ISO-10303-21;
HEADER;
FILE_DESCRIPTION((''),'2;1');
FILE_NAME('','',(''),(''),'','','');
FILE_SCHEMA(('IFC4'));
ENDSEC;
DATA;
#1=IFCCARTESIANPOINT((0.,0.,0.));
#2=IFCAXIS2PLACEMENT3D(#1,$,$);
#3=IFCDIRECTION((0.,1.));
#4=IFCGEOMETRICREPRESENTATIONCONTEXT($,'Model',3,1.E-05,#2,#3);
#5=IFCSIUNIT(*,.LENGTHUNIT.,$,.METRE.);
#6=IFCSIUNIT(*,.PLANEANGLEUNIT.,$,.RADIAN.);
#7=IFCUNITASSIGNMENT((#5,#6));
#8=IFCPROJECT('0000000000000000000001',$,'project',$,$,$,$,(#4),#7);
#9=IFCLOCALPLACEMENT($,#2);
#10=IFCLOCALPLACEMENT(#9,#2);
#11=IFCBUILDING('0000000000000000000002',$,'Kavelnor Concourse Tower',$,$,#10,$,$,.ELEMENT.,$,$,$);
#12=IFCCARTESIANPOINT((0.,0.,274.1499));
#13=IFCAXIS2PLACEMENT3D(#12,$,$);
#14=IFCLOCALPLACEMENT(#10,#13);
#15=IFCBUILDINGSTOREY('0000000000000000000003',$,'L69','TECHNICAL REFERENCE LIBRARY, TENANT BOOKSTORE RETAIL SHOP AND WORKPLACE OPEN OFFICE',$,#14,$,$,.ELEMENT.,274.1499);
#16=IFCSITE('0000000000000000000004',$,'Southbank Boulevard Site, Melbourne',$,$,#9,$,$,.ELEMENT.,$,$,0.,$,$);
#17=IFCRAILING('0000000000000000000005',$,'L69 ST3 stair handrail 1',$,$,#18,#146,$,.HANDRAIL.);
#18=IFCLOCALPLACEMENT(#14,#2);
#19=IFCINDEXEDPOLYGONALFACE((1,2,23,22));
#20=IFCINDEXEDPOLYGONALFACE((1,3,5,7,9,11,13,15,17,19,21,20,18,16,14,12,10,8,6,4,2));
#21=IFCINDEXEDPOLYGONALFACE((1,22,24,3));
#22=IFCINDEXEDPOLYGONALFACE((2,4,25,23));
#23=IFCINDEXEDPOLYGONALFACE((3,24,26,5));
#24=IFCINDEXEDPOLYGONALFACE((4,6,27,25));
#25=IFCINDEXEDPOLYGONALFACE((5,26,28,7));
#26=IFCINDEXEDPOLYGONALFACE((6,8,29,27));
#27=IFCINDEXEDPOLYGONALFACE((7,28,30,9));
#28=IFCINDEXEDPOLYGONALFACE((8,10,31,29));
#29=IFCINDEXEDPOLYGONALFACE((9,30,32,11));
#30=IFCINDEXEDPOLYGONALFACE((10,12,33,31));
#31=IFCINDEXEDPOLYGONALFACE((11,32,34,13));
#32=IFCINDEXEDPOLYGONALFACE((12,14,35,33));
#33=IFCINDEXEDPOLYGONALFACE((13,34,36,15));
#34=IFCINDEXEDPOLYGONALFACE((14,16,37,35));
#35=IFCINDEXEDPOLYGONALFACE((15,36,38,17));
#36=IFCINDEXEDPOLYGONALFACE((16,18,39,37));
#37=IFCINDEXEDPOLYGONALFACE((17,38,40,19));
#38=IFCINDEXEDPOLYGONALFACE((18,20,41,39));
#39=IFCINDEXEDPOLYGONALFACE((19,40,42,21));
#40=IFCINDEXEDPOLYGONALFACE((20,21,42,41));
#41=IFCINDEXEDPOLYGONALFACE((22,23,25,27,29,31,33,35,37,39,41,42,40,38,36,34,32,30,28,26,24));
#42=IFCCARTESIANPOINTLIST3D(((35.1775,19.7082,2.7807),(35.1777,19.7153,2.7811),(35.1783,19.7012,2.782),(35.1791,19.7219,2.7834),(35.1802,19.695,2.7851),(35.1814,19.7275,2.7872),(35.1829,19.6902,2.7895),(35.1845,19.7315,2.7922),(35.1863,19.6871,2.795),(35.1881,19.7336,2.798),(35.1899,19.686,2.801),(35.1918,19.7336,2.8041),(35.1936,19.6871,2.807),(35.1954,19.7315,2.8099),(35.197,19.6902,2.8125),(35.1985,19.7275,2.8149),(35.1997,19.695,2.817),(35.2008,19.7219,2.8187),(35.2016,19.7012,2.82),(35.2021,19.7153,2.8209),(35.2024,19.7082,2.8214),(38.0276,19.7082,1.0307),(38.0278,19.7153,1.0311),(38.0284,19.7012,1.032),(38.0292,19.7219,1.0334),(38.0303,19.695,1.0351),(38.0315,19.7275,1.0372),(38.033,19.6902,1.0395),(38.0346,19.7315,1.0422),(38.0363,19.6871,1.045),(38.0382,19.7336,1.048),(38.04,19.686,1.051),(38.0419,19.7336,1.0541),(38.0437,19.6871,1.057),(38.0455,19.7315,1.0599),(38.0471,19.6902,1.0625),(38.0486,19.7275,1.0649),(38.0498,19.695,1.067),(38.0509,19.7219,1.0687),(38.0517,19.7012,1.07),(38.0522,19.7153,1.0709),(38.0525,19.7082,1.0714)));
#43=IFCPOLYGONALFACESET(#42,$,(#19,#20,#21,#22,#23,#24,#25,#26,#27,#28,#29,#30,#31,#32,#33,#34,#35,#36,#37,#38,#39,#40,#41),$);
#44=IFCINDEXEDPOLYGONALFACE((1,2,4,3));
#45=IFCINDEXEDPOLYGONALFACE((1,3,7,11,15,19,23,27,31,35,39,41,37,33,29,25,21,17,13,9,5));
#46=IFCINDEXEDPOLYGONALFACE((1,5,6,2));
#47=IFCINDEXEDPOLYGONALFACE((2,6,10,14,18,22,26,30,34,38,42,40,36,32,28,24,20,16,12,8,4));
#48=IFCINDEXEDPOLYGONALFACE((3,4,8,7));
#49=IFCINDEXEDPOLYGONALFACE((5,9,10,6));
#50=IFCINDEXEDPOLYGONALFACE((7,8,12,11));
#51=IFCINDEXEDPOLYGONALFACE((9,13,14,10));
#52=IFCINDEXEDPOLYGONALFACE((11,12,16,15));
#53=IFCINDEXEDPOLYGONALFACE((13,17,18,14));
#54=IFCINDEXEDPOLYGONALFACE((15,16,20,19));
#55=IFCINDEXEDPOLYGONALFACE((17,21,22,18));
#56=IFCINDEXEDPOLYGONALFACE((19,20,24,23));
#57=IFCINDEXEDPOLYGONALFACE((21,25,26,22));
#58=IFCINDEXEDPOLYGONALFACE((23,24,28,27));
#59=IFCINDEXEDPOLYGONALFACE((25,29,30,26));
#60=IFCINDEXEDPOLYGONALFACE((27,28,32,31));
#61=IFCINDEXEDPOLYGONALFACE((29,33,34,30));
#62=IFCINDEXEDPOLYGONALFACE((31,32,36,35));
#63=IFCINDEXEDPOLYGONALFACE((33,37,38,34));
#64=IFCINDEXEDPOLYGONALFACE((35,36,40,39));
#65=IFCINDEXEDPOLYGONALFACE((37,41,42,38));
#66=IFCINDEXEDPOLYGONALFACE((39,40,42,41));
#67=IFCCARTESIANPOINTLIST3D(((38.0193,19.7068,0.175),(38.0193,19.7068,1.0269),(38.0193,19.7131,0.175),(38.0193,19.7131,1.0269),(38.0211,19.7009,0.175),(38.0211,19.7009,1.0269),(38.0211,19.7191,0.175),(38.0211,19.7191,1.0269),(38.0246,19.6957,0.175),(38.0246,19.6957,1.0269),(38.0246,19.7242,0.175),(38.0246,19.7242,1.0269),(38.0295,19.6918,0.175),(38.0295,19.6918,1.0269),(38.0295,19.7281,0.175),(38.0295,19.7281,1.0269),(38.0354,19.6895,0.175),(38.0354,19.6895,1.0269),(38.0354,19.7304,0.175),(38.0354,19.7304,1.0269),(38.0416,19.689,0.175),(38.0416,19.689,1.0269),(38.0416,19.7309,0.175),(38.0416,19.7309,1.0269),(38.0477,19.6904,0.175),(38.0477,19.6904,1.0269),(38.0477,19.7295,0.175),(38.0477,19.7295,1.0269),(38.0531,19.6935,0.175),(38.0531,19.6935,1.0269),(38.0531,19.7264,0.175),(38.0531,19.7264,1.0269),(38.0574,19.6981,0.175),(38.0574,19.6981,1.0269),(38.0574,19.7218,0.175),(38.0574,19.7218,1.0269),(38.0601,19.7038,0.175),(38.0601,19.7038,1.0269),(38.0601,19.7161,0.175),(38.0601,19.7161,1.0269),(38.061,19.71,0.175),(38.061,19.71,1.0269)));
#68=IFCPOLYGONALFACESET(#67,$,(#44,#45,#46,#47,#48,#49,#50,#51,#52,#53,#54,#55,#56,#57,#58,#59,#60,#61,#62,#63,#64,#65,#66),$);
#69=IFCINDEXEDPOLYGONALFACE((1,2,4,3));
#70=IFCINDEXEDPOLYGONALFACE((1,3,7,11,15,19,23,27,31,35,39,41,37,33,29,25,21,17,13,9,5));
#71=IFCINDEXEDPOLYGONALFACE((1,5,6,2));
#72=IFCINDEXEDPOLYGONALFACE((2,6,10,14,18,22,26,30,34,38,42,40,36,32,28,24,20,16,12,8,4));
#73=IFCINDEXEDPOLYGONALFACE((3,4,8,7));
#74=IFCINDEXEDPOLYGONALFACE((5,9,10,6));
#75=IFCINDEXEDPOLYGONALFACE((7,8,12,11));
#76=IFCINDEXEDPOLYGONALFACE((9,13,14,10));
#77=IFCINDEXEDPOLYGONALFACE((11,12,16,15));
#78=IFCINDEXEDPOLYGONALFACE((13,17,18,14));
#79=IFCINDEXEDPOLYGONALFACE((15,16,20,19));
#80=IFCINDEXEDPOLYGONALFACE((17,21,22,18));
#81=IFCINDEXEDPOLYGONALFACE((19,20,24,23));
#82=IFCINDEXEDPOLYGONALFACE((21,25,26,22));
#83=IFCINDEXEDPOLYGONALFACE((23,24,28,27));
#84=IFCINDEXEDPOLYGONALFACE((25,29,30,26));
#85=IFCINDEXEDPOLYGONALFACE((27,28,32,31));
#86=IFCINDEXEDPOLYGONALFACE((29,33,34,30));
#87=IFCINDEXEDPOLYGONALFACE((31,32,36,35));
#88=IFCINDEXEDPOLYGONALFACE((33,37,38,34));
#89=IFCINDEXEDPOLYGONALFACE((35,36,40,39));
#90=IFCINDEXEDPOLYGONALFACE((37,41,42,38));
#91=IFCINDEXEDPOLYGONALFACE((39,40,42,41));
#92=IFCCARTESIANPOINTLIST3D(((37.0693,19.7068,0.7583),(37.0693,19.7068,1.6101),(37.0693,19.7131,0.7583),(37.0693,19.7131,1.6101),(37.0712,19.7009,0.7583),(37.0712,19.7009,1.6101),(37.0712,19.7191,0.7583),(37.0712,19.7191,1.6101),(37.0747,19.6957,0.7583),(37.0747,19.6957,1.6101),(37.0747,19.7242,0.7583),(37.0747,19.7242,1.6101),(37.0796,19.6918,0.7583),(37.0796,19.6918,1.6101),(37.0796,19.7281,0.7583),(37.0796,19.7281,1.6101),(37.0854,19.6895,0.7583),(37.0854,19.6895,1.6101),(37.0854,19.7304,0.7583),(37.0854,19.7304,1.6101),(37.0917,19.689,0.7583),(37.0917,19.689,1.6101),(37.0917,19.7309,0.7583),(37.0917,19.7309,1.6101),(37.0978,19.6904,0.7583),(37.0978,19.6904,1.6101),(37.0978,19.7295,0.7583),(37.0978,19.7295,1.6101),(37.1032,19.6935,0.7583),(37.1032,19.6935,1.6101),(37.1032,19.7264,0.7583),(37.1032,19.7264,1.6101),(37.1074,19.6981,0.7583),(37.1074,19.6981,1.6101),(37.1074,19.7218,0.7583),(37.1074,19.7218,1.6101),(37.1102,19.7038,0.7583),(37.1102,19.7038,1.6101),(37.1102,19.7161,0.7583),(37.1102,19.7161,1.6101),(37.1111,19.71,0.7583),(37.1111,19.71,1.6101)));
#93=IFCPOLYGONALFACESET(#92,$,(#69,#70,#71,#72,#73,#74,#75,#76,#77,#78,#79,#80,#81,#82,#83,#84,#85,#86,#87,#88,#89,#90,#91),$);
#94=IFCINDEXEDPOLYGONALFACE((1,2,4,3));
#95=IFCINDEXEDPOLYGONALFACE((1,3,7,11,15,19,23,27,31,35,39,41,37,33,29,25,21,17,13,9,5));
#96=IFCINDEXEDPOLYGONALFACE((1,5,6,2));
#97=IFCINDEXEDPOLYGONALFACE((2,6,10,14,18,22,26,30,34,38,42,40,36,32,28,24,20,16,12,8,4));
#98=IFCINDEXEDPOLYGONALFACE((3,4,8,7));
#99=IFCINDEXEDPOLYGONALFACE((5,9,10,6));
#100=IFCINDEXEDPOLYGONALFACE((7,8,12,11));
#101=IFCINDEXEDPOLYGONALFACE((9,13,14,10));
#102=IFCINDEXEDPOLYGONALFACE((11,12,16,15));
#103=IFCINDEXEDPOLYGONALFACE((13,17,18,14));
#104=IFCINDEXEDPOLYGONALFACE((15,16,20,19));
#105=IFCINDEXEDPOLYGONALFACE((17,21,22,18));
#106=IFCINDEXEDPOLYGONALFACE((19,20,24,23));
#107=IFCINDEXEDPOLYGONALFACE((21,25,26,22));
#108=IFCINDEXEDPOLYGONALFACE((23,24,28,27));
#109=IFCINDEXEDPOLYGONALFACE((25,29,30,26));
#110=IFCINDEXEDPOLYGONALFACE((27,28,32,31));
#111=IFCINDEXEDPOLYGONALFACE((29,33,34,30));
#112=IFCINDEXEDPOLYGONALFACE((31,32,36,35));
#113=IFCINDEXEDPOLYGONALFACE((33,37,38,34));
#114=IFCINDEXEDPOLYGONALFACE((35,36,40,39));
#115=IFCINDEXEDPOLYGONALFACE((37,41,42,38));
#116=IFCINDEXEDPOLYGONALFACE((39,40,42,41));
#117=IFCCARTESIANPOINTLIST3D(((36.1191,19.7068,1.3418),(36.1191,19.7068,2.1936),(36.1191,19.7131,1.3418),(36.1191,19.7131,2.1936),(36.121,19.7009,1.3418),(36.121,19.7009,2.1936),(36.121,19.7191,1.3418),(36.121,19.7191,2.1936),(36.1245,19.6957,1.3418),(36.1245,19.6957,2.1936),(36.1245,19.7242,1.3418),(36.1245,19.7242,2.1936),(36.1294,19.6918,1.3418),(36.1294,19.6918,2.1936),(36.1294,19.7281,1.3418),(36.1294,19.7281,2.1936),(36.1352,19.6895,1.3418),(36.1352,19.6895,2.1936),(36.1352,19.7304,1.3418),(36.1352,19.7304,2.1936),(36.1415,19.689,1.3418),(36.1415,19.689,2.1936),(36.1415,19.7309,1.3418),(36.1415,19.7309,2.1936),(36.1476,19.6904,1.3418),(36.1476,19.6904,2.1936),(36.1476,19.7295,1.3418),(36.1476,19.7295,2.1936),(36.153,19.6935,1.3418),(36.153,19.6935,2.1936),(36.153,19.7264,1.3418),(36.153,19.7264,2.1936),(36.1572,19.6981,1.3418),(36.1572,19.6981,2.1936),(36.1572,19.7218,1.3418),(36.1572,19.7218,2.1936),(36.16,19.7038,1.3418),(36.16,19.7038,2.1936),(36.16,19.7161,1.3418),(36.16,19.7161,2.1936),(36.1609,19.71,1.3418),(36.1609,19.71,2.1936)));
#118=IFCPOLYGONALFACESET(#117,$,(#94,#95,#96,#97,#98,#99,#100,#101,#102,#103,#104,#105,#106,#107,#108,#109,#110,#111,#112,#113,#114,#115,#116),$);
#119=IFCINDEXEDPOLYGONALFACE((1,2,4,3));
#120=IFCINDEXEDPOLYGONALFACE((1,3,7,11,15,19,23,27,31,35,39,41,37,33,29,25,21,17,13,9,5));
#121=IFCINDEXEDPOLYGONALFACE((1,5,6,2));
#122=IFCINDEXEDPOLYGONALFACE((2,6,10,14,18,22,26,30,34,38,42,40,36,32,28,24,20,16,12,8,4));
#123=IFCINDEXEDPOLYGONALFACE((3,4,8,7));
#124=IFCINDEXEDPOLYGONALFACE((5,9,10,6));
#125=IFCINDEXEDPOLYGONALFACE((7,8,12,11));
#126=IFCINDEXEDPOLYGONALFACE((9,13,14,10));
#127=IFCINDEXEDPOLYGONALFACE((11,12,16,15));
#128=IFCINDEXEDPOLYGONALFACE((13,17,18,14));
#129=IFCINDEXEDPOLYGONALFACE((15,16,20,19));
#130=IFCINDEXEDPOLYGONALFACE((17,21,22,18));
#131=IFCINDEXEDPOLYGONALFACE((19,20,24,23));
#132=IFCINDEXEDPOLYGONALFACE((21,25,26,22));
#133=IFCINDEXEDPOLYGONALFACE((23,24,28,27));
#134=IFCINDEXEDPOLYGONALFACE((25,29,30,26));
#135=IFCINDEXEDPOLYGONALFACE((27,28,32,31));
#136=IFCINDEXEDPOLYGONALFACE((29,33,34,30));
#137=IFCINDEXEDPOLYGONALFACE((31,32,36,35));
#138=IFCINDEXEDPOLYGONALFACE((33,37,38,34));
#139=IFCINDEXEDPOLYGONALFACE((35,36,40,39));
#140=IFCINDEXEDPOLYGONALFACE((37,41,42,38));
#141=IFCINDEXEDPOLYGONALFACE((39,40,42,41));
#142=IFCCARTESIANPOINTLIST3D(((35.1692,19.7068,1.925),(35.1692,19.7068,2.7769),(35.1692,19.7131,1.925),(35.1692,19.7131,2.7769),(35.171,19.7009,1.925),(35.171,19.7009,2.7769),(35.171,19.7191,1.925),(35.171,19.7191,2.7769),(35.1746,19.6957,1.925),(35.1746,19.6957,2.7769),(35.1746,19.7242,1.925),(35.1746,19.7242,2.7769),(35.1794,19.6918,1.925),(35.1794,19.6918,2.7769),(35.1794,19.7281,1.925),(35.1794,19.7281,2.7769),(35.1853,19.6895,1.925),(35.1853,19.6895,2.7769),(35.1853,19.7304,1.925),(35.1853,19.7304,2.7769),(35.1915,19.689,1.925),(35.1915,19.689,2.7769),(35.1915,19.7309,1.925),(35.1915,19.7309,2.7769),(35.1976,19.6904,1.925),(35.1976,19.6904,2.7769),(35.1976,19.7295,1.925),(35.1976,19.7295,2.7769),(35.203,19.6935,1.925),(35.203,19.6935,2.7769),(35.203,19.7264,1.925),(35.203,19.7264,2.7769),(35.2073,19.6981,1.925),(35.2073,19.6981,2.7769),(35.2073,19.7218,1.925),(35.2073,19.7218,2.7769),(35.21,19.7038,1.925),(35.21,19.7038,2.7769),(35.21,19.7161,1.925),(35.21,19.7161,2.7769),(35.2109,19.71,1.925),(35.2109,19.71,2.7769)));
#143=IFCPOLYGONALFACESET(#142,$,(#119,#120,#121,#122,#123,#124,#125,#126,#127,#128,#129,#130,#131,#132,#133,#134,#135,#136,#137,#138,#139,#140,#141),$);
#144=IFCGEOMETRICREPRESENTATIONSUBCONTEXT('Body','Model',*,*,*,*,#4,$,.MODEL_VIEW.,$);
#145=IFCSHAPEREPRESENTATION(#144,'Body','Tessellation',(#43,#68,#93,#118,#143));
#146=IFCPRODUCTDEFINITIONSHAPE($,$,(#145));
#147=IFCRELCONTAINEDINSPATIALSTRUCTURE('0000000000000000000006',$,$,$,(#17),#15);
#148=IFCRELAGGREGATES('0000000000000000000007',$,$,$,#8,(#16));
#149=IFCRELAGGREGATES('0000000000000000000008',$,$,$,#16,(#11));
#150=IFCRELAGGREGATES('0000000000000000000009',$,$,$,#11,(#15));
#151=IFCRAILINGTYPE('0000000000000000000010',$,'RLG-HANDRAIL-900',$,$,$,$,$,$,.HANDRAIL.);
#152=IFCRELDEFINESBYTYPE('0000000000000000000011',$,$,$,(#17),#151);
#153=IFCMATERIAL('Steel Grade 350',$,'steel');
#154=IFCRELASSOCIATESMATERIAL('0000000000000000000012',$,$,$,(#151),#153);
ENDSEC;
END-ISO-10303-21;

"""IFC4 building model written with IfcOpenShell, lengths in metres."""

from ifc_helpers import new_model, si_unit, direction, frame, origin, origin_2d, place, context, subcontext, project, spatial, circle, extrude, material, type_object, element, save


model = new_model("IFC4")

# Units and contexts
model_context = context("Model", 3, precision=1e-05, world=origin(), true_north=direction((0.0, 1.0)))
body_context = subcontext(model_context, "Body", "Model", "MODEL_VIEW")
ifc_project = project(units=[si_unit("LENGTHUNIT", "METRE"), si_unit("PLANEANGLEUNIT", "RADIAN")], contexts=[model_context])

# Site, building, storey
site_placement = place(None, origin())
site = spatial("IfcSite", under=ifc_project, at=site_placement, Name="Southbank Boulevard Site, Melbourne", CompositionType="ELEMENT", RefElevation=0.0)
building_placement = place(site_placement, origin())
building = spatial("IfcBuilding", under=site, at=building_placement, Name="Kavelnor Concourse Tower", CompositionType="ELEMENT")
storey_placement = place(building_placement, frame((0.0, 0.0, 274.1499)))
storey = spatial("IfcBuildingStorey", under=building, at=storey_placement, Name="L69", Description="TECHNICAL REFERENCE LIBRARY, TENANT BOOKSTORE RETAIL SHOP AND WORKPLACE OPEN OFFICE", CompositionType="ELEMENT", Elevation=274.1499)

# Shared definitions
ifc_material_1 = material(Name="Steel Grade 350", Category="steel")

# Railing
railing_type_1 = type_object("IfcRailingType", Name="RLG-HANDRAIL-900", PredefinedType="HANDRAIL", material=ifc_material_1)
railing_1_placement = place(storey_placement, frame((38.04, 19.71, 0.175)))
element("IfcRailing", 1, at=railing_1_placement, inside=storey, type_object=railing_type_1, Name="L69 ST3 stair handrail 1", PredefinedType="HANDRAIL", context=body_context, shape_type="SweptSolid", body=[
    extrude(circle(Radius=0.0239, at=origin_2d()), frame((0.0, 0.0, 0.876), z_axis=(-0.852179, 0.0, 0.52325), x_axis=(0.0, -1.0, 0.0)), (0.0, 0.0, 1.0), 3.3445),
    extrude(circle(Radius=0.021, at=origin_2d()), origin(), (0.0, 0.0, 1.0), 0.8518),
    extrude(circle(Radius=0.021, at=origin_2d()), frame((-0.95, 0.0, 0.5833)), (0.0, 0.0, 1.0), 0.8518),
    extrude(circle(Radius=0.021, at=origin_2d()), frame((-1.9001, 0.0, 1.1667)), (0.0, 0.0, 1.0), 0.8518),
    extrude(circle(Radius=0.021, at=origin_2d()), frame((-2.8501, 0.0, 1.75)), (0.0, 0.0, 1.0), 0.8518),
])

save(model, "model.ifc")
